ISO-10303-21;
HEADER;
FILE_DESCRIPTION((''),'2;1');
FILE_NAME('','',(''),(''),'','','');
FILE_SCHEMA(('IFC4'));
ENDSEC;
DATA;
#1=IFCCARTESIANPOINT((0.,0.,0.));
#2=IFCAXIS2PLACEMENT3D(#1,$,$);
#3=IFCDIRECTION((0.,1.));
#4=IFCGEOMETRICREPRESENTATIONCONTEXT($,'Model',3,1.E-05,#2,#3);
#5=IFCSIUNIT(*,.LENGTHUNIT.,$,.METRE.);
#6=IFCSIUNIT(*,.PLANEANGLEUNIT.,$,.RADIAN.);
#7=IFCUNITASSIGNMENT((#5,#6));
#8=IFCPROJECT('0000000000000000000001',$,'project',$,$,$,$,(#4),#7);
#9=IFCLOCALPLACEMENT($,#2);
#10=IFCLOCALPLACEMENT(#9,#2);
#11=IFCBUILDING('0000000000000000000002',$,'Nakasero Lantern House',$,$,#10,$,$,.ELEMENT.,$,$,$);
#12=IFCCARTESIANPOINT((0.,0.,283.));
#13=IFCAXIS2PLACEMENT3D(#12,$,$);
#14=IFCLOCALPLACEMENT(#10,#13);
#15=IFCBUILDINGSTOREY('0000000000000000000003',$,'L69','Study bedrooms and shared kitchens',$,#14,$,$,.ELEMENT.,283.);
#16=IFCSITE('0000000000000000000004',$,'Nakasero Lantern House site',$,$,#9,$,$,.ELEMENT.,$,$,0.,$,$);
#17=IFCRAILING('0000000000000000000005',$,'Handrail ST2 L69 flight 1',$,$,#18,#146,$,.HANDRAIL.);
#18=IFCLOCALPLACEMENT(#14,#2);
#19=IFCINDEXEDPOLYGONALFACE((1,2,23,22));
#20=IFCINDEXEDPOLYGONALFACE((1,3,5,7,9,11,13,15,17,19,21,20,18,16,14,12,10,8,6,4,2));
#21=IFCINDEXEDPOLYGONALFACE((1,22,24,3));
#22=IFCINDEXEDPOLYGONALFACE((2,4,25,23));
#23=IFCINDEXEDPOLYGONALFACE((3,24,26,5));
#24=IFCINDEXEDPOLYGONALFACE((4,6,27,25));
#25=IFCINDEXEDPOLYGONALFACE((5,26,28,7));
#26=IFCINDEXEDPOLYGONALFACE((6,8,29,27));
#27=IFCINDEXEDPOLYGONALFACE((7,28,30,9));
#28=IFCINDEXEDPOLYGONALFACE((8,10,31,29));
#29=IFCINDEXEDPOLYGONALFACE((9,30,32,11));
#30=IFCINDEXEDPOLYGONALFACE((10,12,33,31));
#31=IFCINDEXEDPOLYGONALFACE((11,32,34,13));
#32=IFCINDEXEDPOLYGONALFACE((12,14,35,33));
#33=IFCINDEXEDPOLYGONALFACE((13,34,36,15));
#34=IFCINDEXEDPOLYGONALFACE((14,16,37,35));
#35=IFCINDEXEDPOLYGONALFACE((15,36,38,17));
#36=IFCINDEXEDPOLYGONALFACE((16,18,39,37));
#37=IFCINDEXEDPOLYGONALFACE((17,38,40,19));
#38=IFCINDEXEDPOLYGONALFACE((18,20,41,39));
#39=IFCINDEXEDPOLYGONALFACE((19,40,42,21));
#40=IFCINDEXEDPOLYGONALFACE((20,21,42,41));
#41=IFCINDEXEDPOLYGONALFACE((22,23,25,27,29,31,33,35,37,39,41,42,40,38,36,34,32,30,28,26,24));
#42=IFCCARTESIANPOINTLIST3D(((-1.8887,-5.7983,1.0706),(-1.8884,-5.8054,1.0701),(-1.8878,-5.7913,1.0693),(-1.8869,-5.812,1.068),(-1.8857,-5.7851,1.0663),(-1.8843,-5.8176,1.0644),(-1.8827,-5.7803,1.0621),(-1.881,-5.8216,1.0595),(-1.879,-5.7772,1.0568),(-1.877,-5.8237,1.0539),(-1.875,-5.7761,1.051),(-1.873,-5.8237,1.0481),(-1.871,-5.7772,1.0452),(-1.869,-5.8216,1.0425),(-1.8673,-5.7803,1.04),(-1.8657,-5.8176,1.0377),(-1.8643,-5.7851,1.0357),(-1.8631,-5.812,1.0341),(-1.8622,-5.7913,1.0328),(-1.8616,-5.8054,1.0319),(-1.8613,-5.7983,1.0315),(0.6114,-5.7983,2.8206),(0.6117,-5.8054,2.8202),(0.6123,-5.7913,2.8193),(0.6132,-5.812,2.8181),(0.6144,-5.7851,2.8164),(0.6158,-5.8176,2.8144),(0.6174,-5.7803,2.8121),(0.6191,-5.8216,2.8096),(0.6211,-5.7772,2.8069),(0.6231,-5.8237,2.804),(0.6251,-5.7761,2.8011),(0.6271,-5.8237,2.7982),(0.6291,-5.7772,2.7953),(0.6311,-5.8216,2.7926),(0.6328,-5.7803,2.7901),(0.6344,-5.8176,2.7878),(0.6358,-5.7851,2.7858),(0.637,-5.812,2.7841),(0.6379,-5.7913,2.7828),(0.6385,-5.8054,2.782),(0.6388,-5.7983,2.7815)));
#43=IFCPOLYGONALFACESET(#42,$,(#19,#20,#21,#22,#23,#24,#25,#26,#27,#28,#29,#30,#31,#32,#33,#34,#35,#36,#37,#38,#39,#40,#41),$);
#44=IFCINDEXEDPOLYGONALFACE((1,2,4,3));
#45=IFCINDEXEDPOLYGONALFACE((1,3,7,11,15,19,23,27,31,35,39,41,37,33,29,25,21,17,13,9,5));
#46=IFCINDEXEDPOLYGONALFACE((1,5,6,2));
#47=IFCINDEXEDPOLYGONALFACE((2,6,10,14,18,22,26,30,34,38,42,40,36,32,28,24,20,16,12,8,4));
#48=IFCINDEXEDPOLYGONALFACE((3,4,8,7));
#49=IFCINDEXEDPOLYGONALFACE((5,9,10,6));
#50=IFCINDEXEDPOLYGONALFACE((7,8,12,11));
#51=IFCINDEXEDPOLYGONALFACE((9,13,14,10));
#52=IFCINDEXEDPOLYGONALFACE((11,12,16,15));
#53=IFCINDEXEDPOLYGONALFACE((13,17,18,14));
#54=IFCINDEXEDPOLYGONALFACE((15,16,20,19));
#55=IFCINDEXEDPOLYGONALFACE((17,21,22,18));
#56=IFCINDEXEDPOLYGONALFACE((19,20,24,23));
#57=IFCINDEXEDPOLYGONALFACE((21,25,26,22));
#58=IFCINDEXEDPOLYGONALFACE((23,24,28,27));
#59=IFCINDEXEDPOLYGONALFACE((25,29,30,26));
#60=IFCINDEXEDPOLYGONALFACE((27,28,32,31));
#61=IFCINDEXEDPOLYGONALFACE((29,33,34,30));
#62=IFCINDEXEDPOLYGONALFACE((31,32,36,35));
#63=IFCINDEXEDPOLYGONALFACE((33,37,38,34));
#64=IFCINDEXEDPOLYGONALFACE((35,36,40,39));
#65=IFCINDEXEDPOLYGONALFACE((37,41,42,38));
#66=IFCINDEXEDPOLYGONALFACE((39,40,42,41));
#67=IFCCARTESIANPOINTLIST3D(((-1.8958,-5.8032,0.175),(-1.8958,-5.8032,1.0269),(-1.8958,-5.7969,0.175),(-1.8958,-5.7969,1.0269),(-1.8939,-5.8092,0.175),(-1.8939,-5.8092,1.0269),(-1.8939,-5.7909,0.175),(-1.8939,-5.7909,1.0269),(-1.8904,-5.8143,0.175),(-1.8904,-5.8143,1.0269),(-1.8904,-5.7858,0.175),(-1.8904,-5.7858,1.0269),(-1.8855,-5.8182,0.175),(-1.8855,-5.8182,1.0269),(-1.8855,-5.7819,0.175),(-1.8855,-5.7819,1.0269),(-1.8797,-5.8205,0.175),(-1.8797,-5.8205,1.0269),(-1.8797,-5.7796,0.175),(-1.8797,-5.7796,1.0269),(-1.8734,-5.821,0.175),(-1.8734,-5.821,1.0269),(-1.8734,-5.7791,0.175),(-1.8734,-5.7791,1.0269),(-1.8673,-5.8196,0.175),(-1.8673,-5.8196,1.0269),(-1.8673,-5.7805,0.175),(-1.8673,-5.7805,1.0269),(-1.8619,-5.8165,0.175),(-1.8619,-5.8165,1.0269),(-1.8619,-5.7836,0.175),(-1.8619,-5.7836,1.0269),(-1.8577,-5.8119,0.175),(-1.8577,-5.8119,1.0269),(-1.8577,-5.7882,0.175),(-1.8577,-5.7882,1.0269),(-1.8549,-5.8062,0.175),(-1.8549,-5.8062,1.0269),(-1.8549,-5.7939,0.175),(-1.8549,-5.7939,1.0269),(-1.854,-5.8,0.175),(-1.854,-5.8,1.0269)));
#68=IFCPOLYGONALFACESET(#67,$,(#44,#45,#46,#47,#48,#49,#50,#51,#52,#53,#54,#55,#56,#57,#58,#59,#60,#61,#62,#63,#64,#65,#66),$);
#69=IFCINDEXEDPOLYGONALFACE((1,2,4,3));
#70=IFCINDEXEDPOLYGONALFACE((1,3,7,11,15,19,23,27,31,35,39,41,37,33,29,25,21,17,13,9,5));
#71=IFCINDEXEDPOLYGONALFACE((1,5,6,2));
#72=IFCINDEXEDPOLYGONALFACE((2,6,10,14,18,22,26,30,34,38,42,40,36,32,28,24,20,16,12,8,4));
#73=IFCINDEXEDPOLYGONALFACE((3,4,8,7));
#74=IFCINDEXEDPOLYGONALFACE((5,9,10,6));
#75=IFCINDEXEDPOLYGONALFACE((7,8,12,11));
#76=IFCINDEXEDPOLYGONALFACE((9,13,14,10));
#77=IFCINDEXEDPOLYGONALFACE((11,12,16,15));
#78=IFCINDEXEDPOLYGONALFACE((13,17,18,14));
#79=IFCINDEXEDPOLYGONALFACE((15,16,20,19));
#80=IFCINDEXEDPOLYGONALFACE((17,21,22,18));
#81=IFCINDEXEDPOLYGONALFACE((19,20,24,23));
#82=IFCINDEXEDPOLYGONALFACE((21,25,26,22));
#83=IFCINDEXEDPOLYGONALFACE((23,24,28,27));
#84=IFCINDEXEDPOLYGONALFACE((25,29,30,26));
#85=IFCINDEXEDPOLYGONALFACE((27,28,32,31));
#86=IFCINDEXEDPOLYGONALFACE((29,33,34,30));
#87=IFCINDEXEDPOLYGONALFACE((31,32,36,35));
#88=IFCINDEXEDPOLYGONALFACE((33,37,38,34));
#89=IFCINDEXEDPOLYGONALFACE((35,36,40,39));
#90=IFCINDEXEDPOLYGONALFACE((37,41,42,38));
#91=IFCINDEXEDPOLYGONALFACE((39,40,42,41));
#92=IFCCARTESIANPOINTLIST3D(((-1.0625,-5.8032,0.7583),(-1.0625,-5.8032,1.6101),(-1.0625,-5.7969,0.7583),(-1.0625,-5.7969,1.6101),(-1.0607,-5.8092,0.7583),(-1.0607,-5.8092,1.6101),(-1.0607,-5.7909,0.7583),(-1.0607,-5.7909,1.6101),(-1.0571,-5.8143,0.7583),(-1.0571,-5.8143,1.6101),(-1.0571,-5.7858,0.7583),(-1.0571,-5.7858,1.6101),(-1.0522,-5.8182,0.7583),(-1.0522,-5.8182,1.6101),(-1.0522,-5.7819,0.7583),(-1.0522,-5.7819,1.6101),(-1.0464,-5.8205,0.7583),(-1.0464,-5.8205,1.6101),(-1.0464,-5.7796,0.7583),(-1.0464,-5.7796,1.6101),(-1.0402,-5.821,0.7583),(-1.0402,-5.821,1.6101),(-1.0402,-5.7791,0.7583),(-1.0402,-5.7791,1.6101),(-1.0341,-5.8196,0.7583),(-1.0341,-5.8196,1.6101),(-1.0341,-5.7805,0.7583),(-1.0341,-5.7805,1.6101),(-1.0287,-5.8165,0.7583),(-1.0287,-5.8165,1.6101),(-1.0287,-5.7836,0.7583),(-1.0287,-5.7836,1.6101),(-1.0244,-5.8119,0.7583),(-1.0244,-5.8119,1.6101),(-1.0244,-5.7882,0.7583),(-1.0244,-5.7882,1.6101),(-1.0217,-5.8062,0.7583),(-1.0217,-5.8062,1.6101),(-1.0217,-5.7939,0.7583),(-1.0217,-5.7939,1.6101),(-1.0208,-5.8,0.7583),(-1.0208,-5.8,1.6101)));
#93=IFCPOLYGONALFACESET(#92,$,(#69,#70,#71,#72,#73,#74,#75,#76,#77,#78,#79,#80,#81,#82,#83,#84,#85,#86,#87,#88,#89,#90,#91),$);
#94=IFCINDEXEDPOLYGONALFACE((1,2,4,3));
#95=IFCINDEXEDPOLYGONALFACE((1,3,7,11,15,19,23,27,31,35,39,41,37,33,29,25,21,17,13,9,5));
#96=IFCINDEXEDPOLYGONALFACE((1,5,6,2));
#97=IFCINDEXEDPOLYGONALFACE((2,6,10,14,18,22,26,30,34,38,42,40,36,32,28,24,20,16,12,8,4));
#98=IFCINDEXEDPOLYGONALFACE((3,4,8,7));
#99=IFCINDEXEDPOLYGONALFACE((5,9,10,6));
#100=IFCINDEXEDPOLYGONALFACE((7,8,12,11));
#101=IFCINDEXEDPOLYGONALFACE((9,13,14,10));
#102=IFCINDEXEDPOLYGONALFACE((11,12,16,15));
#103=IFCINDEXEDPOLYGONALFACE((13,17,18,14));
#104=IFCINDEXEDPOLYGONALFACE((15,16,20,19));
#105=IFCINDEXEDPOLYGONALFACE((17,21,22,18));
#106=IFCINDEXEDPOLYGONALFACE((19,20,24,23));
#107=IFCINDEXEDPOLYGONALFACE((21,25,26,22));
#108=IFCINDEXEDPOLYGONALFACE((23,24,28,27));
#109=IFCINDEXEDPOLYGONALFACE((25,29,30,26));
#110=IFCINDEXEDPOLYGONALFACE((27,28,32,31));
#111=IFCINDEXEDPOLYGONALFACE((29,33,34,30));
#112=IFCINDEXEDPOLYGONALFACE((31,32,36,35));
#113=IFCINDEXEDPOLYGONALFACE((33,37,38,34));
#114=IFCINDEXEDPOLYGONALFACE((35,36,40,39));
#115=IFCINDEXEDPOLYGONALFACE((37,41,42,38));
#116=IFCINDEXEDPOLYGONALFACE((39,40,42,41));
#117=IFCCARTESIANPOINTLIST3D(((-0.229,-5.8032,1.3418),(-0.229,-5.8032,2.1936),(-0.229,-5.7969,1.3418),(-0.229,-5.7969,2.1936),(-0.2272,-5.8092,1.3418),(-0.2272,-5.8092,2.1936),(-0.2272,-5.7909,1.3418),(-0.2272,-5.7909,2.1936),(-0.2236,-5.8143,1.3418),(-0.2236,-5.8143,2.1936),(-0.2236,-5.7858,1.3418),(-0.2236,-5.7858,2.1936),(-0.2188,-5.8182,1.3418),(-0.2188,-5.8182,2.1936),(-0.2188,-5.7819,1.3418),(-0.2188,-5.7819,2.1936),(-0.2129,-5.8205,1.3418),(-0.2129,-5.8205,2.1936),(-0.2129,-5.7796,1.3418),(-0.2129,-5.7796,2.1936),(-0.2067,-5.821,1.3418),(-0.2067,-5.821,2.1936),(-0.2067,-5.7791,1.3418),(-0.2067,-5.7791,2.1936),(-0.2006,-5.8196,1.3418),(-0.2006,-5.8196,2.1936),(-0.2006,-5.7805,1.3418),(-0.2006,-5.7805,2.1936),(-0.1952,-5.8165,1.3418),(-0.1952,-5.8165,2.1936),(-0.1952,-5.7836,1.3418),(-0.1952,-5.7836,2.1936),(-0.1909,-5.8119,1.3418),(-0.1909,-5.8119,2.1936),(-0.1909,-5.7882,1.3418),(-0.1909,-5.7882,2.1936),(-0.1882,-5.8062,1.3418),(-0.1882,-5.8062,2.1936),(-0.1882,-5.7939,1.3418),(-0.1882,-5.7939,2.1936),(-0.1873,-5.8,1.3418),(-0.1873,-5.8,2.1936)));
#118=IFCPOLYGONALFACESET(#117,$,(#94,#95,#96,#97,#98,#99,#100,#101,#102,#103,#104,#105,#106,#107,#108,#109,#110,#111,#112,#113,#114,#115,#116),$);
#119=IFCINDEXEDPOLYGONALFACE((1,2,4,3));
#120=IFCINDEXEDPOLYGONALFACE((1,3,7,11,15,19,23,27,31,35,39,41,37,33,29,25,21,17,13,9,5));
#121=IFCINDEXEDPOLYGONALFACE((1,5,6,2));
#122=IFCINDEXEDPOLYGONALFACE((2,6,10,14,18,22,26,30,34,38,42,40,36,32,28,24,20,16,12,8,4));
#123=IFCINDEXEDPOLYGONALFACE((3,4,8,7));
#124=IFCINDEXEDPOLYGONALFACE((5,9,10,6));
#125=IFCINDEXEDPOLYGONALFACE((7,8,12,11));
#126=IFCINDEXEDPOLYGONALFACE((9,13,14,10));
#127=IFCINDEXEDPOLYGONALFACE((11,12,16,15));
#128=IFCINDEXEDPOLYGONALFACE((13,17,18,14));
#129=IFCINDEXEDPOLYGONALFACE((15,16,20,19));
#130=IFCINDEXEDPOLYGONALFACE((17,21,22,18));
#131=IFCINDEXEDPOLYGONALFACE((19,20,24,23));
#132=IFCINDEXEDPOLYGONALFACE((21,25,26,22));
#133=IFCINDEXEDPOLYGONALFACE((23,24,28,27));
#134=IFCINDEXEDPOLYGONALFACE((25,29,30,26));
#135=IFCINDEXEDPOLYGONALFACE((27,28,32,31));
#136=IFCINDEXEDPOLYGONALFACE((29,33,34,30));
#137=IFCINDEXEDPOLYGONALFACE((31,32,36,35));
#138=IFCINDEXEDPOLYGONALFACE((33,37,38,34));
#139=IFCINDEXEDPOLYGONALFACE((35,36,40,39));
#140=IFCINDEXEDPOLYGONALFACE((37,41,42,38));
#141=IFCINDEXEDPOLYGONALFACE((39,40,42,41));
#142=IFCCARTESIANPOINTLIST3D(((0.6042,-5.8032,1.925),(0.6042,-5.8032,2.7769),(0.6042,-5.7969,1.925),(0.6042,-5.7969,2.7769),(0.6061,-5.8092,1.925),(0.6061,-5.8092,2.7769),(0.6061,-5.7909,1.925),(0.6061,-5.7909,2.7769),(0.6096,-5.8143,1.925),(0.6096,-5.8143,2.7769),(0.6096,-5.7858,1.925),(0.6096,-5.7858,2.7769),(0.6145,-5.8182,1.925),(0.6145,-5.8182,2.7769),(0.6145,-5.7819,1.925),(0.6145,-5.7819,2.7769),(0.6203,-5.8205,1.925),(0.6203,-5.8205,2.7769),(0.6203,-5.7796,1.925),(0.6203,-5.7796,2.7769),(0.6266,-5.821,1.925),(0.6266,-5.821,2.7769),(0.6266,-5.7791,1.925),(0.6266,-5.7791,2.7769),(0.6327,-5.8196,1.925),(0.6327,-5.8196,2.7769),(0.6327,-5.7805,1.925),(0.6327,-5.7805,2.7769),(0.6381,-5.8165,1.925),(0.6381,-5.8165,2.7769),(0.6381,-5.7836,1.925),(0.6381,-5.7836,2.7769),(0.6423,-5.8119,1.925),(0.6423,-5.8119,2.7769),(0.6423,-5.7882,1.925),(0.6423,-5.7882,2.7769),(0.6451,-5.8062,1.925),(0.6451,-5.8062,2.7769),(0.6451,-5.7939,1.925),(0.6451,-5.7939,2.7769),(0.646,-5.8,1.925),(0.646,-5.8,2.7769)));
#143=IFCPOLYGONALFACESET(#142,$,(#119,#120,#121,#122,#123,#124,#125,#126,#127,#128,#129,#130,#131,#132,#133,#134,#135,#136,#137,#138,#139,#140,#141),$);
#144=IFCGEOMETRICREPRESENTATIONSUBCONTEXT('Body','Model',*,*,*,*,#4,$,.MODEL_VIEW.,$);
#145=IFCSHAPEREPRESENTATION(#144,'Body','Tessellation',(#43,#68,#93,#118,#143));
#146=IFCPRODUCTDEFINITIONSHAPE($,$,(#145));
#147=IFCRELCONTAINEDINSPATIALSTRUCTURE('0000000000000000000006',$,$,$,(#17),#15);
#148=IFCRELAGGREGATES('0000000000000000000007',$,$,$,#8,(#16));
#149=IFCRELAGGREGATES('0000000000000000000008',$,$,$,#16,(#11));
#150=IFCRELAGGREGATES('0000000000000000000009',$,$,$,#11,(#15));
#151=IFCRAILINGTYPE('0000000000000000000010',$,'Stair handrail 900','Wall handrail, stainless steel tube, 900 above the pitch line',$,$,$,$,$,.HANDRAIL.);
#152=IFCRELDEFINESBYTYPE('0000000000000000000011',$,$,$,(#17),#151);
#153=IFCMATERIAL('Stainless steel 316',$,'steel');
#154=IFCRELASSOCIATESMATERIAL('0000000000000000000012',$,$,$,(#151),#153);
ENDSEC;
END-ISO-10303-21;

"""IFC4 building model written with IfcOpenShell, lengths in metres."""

from ifc_helpers import new_model, si_unit, direction, frame, origin, origin_2d, place, context, subcontext, project, spatial, circle, extrude, material, type_object, element, save


model = new_model("IFC4")

# Units and contexts
model_context = context("Model", 3, precision=1e-05, world=origin(), true_north=direction((0.0, 1.0)))
body_context = subcontext(model_context, "Body", "Model", "MODEL_VIEW")
ifc_project = project(units=[si_unit("LENGTHUNIT", "METRE"), si_unit("PLANEANGLEUNIT", "RADIAN")], contexts=[model_context])

# Site, building, storey
site_placement = place(None, origin())
site = spatial("IfcSite", under=ifc_project, at=site_placement, Name="Nakasero Lantern House site", CompositionType="ELEMENT", RefElevation=0.0)
building_placement = place(site_placement, origin())
building = spatial("IfcBuilding", under=site, at=building_placement, Name="Nakasero Lantern House", CompositionType="ELEMENT")
storey_placement = place(building_placement, frame((0.0, 0.0, 283.0)))
storey = spatial("IfcBuildingStorey", under=building, at=storey_placement, Name="L69", Description="Study bedrooms and shared kitchens", CompositionType="ELEMENT", Elevation=283.0)

# Railing
ifc_material_1 = material(Name="Stainless steel 316", Category="steel")
railing_type = type_object("IfcRailingType", Name="Stair handrail 900", Description="Wall handrail, stainless steel tube, 900 above the pitch line", PredefinedType="HANDRAIL", material=ifc_material_1)
railing_placement = place(storey_placement, frame((-1.875, -5.8, 0.175)))
element("IfcRailing", 1, at=railing_placement, inside=storey, type_object=railing_type, Name="Handrail ST2 L69 flight 1", PredefinedType="HANDRAIL", context=body_context, shape_type="SweptSolid", body=[
    extrude(circle(Radius=0.0239, at=origin_2d()), frame((0.0, 0.0, 0.876), z_axis=(0.819232, 0.0, 0.573462), x_axis=(0.0, 1.0, 0.0)), (0.0, 0.0, 1.0), 3.0518),
    extrude(circle(Radius=0.021, at=origin_2d()), origin(), (0.0, 0.0, 1.0), 0.8518),
    extrude(circle(Radius=0.021, at=origin_2d()), frame((0.8333, 0.0, 0.5833)), (0.0, 0.0, 1.0), 0.8518),
    extrude(circle(Radius=0.021, at=origin_2d()), frame((1.6667, 0.0, 1.1667)), (0.0, 0.0, 1.0), 0.8518),
    extrude(circle(Radius=0.021, at=origin_2d()), frame((2.5, 0.0, 1.75)), (0.0, 0.0, 1.0), 0.8518),
])

save(model, "model.ifc")
